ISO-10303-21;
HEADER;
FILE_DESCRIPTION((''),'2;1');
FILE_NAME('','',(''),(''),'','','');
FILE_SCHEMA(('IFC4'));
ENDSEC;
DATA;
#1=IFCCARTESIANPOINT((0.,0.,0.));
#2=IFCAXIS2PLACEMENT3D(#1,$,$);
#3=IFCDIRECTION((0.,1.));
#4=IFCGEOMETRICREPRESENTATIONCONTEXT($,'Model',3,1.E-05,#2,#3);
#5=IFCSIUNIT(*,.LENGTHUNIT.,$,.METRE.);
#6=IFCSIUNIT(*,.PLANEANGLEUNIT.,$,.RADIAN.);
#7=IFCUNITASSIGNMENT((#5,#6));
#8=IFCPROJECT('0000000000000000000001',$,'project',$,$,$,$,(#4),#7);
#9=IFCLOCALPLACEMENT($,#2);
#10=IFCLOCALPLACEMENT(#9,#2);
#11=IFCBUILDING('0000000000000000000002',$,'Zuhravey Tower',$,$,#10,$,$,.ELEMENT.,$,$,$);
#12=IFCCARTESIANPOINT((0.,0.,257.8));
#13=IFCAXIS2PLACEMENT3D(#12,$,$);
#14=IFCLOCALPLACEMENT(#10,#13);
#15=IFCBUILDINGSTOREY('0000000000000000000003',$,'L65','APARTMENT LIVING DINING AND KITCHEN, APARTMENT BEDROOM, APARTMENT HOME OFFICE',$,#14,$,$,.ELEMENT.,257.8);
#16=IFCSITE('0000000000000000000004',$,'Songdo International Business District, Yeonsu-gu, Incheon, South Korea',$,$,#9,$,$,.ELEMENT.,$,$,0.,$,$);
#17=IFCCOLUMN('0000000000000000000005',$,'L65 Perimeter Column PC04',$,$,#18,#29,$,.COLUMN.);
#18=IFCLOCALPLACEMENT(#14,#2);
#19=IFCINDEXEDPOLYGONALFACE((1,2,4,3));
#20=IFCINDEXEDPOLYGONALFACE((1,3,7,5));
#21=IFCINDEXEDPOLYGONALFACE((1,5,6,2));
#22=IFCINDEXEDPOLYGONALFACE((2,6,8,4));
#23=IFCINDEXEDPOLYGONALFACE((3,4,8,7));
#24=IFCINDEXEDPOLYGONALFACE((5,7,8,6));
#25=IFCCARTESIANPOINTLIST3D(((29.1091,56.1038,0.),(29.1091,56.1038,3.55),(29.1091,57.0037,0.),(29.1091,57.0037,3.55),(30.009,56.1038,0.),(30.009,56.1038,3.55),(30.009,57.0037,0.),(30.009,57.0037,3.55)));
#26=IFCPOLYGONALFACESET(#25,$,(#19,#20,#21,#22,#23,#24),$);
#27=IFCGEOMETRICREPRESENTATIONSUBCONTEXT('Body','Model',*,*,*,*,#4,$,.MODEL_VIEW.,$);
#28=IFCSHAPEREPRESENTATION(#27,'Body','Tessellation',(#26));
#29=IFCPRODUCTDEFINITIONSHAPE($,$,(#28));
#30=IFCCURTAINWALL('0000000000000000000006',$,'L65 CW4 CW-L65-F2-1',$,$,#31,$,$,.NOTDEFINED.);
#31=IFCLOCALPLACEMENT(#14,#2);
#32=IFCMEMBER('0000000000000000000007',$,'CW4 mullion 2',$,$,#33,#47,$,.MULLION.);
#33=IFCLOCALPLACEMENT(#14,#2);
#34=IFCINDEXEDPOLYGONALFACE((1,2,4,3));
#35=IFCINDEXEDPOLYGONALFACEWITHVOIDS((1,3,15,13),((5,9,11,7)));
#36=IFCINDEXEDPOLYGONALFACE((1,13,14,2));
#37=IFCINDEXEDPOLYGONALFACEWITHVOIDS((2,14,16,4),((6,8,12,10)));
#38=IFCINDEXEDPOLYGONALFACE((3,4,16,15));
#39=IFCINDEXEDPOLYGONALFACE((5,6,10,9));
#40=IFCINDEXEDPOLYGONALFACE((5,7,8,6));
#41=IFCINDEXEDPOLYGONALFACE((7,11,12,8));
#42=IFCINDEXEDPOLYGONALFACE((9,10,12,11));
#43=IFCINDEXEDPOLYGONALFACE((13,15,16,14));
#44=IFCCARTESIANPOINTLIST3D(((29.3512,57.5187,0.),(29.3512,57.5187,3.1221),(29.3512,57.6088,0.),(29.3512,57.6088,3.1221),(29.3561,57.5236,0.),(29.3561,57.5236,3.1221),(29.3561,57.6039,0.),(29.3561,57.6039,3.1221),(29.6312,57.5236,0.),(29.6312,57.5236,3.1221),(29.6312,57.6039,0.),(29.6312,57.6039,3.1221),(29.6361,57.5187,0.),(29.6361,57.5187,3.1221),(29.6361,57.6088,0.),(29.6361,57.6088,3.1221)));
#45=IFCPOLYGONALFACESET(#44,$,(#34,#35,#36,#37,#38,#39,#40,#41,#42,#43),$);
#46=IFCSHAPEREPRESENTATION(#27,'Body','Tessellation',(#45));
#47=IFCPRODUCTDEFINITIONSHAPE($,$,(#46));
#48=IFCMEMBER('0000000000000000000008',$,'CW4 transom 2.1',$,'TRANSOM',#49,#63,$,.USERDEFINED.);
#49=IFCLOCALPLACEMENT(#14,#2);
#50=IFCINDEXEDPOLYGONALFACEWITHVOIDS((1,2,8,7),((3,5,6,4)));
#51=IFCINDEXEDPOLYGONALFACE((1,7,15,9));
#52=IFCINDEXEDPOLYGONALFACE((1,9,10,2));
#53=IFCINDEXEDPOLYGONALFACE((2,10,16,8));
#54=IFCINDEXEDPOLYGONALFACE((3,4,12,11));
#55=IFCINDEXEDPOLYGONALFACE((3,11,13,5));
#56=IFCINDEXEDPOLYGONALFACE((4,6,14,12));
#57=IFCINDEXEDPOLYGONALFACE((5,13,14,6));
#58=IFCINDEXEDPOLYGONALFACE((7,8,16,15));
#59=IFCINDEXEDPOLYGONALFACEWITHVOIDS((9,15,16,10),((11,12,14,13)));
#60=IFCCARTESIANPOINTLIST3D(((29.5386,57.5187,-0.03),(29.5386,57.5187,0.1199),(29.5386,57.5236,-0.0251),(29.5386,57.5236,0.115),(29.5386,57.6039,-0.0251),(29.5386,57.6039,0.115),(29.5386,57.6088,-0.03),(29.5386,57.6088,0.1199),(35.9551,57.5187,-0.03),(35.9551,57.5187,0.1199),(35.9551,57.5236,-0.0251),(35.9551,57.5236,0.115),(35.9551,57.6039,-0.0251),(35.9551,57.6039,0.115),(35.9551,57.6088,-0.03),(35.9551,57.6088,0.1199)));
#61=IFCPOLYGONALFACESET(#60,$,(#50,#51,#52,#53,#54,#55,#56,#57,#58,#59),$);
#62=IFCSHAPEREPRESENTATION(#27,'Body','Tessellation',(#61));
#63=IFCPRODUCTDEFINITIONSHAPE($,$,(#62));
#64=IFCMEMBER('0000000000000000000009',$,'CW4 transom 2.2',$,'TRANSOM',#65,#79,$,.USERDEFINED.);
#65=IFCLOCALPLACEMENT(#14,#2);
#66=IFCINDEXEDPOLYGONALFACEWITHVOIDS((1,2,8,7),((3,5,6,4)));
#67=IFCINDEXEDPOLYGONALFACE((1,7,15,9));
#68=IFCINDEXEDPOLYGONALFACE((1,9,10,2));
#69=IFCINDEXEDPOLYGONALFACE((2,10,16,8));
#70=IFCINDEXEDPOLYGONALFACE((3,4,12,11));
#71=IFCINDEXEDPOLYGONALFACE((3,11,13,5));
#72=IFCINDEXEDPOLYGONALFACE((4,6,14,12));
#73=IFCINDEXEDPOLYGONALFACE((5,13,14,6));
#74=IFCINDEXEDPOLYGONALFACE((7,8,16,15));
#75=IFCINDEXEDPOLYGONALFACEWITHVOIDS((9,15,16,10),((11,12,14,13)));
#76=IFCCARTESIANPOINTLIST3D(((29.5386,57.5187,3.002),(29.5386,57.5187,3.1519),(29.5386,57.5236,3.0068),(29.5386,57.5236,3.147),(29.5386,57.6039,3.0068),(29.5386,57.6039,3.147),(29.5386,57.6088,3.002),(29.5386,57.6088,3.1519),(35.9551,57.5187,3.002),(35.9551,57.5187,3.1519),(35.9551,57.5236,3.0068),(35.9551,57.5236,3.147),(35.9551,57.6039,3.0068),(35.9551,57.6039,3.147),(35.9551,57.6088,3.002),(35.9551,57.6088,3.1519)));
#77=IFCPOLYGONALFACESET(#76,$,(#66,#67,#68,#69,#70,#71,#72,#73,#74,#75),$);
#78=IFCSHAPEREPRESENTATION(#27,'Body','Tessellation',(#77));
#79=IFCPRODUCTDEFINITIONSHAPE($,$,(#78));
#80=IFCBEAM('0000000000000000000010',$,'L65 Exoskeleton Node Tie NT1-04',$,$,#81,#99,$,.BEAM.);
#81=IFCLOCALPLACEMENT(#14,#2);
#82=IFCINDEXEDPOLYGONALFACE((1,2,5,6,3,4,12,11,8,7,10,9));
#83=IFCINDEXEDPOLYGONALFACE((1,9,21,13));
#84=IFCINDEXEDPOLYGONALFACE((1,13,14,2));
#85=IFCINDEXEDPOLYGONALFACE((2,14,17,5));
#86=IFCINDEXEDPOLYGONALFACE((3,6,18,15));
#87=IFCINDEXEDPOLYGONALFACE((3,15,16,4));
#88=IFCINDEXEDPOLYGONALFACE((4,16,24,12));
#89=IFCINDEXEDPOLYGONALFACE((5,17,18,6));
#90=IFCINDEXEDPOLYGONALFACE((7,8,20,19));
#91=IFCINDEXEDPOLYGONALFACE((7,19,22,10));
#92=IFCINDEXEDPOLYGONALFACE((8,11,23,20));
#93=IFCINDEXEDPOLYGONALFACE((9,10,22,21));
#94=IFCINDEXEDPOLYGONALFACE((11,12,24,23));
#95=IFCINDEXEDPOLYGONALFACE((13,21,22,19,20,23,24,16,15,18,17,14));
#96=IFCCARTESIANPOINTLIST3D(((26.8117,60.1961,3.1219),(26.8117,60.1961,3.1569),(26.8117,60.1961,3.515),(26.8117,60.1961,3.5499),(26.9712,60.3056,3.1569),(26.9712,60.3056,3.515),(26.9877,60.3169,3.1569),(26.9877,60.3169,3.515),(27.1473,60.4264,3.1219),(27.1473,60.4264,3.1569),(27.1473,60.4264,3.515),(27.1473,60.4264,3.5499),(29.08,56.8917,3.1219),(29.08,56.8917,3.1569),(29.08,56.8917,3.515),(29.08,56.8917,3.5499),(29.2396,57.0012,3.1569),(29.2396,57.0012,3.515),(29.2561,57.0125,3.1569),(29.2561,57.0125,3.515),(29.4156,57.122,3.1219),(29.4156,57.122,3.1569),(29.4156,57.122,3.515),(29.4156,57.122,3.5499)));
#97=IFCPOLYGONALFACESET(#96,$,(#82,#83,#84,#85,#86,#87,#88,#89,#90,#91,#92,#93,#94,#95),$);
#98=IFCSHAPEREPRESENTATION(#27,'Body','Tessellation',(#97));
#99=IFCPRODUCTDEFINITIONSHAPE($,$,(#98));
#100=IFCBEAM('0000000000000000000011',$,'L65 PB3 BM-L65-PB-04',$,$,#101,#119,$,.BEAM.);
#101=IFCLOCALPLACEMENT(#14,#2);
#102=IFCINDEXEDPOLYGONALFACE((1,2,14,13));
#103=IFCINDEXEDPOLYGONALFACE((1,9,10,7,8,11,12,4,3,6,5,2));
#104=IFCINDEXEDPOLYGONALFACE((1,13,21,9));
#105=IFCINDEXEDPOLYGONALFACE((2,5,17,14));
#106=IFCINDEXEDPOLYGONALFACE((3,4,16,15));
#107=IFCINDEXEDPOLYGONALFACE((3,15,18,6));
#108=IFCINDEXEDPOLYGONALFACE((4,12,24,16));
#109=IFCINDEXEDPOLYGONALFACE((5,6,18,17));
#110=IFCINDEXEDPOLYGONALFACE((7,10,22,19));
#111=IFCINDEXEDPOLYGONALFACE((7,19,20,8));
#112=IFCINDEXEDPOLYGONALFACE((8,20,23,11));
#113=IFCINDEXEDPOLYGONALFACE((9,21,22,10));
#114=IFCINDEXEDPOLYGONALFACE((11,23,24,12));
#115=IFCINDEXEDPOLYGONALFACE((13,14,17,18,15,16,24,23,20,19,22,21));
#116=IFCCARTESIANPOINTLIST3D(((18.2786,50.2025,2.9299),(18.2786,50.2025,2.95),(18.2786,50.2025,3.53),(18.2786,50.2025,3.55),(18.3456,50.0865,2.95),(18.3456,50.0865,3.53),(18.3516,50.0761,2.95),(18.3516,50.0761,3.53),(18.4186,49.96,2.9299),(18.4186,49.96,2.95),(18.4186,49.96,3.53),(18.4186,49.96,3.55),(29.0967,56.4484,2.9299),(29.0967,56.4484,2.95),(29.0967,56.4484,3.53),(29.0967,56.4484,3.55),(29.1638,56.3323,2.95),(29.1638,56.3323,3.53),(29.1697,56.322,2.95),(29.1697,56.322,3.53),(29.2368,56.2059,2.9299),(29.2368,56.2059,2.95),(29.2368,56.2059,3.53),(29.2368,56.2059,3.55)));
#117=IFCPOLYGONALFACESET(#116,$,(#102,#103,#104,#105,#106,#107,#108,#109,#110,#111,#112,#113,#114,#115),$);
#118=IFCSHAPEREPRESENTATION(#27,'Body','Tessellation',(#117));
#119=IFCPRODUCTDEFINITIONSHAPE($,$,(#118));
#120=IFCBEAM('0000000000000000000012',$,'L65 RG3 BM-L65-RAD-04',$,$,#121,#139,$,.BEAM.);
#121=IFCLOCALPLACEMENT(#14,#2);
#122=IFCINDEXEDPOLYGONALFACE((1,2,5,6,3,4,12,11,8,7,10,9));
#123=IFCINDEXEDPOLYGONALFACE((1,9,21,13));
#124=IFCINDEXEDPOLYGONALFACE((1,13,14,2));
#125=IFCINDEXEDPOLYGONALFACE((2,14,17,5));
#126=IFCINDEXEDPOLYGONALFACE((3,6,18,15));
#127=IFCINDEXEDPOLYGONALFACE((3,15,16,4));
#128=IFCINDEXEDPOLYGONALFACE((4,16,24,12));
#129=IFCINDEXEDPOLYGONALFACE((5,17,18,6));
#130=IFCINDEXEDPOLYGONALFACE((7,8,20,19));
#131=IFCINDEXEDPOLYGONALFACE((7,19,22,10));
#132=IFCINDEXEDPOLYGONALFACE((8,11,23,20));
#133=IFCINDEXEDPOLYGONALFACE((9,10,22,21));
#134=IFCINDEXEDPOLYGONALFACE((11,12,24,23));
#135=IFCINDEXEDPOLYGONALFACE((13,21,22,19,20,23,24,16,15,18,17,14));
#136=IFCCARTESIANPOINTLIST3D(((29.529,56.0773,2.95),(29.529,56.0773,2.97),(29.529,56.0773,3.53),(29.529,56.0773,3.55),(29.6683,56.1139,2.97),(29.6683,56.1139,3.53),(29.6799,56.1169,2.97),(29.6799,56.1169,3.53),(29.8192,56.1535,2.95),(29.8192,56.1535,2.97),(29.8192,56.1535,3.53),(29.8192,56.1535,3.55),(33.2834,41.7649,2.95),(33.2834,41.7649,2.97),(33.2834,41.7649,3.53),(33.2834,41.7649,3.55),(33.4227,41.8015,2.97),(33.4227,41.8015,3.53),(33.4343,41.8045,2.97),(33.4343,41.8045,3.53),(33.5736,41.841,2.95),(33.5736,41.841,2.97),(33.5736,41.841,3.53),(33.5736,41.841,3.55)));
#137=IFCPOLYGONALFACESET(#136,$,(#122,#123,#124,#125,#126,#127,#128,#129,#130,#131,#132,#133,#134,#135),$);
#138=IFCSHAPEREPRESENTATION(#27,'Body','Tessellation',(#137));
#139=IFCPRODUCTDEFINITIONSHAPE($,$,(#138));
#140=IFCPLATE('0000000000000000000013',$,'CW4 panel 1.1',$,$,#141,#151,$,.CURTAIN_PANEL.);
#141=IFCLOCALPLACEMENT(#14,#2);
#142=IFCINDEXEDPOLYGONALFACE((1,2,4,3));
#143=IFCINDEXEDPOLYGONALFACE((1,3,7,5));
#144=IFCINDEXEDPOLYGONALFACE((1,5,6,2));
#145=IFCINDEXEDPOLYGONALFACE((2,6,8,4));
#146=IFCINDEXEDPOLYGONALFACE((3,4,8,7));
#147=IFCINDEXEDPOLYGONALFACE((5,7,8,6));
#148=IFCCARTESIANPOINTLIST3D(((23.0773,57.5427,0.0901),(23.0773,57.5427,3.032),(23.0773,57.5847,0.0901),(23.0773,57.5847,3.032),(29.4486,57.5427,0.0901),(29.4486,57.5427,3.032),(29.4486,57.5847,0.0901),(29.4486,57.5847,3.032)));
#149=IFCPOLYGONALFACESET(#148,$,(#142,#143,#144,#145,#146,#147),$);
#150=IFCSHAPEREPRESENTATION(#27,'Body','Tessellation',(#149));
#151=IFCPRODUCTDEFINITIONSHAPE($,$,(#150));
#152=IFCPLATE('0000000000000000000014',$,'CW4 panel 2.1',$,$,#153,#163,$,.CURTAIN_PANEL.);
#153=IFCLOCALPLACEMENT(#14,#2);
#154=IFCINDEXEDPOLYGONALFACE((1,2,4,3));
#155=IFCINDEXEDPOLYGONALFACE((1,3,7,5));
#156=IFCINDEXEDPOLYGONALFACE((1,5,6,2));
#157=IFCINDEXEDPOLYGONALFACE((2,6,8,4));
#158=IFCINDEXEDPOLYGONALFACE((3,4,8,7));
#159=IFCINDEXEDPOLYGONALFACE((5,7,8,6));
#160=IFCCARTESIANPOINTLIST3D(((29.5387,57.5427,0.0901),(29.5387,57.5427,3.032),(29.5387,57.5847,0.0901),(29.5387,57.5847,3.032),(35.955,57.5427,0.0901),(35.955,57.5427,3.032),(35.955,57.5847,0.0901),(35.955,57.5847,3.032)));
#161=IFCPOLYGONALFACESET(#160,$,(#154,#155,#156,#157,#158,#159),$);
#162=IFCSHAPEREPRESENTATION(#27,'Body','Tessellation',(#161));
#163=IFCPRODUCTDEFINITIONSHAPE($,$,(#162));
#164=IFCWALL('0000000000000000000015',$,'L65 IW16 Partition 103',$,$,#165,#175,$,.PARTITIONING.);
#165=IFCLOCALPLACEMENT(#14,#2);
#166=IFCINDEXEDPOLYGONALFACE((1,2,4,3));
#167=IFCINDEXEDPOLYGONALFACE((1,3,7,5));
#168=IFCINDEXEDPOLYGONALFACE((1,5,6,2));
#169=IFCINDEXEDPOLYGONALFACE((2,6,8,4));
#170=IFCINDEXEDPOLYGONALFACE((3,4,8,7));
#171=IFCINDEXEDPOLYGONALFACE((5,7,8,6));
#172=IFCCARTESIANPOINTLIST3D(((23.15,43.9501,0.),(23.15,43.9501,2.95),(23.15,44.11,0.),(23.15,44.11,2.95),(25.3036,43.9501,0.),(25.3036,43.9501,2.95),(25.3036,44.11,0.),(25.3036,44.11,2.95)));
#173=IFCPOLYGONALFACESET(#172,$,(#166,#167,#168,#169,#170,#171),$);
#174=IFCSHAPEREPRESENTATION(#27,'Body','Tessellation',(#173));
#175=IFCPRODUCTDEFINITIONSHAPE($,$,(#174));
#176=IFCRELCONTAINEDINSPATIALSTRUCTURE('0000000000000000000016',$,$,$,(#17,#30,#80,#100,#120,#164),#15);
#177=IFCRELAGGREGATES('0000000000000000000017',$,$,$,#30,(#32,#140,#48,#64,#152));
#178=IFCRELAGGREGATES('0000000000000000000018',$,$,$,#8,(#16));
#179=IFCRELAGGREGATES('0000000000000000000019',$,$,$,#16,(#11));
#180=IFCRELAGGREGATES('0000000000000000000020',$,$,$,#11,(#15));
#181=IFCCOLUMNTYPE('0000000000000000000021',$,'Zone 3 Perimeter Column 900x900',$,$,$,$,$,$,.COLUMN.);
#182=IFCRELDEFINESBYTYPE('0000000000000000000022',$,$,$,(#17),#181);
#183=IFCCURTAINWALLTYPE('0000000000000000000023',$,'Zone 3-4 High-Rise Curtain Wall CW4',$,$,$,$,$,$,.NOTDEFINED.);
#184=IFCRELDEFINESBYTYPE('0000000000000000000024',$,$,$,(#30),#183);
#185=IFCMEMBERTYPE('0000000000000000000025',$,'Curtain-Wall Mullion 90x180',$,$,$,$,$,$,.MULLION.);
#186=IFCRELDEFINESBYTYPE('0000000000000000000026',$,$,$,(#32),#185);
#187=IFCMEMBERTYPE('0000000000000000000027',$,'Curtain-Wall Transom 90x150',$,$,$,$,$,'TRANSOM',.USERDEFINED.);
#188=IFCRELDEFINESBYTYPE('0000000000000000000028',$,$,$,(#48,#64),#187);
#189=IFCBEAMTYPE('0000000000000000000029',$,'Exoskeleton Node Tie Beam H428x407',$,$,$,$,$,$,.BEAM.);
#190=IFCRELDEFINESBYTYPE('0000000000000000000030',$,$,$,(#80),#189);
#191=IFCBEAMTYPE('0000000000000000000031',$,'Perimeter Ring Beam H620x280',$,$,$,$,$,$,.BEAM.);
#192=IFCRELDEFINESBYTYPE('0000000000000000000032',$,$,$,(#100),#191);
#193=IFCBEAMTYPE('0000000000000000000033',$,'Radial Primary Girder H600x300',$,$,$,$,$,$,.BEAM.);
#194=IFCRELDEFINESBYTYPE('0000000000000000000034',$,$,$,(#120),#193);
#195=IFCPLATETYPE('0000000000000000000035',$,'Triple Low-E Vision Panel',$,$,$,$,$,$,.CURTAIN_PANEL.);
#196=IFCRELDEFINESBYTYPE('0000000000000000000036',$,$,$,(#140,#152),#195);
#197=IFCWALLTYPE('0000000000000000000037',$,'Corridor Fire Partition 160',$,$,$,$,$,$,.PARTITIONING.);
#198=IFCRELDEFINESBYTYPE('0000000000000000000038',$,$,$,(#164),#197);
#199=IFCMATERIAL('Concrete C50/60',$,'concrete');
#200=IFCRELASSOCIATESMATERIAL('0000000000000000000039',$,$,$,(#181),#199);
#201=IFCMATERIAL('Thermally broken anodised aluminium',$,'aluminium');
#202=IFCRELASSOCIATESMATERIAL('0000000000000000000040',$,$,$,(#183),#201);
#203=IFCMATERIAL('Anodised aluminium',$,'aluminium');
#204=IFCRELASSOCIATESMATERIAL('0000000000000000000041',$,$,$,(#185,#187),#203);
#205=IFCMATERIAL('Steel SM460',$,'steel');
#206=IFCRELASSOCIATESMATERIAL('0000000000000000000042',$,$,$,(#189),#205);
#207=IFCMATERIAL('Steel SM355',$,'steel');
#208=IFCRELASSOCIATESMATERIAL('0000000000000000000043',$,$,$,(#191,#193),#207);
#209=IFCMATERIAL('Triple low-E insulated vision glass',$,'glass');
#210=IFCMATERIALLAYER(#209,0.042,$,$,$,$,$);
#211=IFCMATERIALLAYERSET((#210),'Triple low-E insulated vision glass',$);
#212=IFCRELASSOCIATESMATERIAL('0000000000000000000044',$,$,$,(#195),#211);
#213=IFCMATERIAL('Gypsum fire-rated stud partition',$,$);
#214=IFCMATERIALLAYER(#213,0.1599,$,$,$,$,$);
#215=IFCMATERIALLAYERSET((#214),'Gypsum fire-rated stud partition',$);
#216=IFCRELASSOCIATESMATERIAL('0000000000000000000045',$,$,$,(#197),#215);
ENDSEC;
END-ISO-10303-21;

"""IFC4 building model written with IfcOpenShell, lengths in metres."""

from ifc_helpers import new_model, si_unit, direction, frame, frame_2d, origin, origin_2d, place, context, subcontext, project, spatial, rectangle, hollow_rectangle, i_section, extrude, material, layer, layer_set, material_profile, profile_set, type_object, element, aggregate, save


model = new_model("IFC4")

# Units and contexts
model_context = context("Model", 3, precision=1e-05, world=origin(), true_north=direction((0.0, 1.0)))
body_context = subcontext(model_context, "Body", "Model", "MODEL_VIEW")
ifc_project = project(units=[si_unit("LENGTHUNIT", "METRE"), si_unit("PLANEANGLEUNIT", "RADIAN")], contexts=[model_context])

# Site, building, storey
site_placement = place(None, origin())
site = spatial("IfcSite", under=ifc_project, at=site_placement, Name="Songdo International Business District, Yeonsu-gu, Incheon, South Korea", CompositionType="ELEMENT", RefElevation=0.0)
building_placement = place(site_placement, origin())
building = spatial("IfcBuilding", under=site, at=building_placement, Name="Zuhravey Tower", CompositionType="ELEMENT")
storey_placement = place(building_placement, frame((0.0, 0.0, 257.8)))
storey = spatial("IfcBuildingStorey", under=building, at=storey_placement, Name="L65", Description="APARTMENT LIVING DINING AND KITCHEN, APARTMENT BEDROOM, APARTMENT HOME OFFICE", CompositionType="ELEMENT", Elevation=257.8)

# Column
ifc_material_1 = material(Name="Concrete C50/60", Category="concrete")
ifc_material_profile_1 = material_profile(ifc_material_1, rectangle(XDim=0.8999, YDim=0.8999, at=origin_2d()), Name="RC-900x900")
ifc_profile_set_1 = profile_set([ifc_material_profile_1], Name="Concrete C50/60")
column_type = type_object("IfcColumnType", Name="Zone 3 Perimeter Column 900x900", PredefinedType="COLUMN", material=ifc_profile_set_1)
column_placement = place(storey_placement, frame((29.5591, 56.5537, 0.0), z_axis=(0.0, 0.0, 1.0), x_axis=(-1.0, 0.0, 0.0)))
element("IfcColumn", 1, at=column_placement, inside=storey, type_object=column_type, Name="L65 Perimeter Column PC04", PredefinedType="COLUMN", context=body_context, shape_type="SweptSolid", body=[
    extrude(rectangle(XDim=0.8999, YDim=0.8999, at=origin_2d()), origin(), (0.0, 0.0, 1.0), 3.55),
])

# Curtain wall, members
ifc_material_2 = material(Name="Thermally broken anodised aluminium", Category="aluminium")
curtain_wall_type = type_object("IfcCurtainWallType", Name="Zone 3-4 High-Rise Curtain Wall CW4", PredefinedType="NOTDEFINED", material=ifc_material_2)
curtain_wall_placement = place(storey_placement, origin())
curtain_wall = element("IfcCurtainWall", 2, at=curtain_wall_placement, inside=storey, type_object=curtain_wall_type, Name="L65 CW4 CW-L65-F2-1", PredefinedType="NOTDEFINED")
ifc_material_3 = material(Name="Anodised aluminium", Category="aluminium")
ifc_material_profile_2 = material_profile(ifc_material_3, hollow_rectangle(XDim=0.0901, YDim=0.2849, WallThickness=0.0049, at=origin_2d()), Name="ALU-RHS-90x285x5")
ifc_profile_set_2 = profile_set([ifc_material_profile_2], Name="Anodised aluminium")
member_type_1 = type_object("IfcMemberType", Name="Curtain-Wall Mullion 90x180", PredefinedType="MULLION", material=ifc_profile_set_2)
member_1_placement = place(storey_placement, frame((29.4937, 57.5637, 0.0), z_axis=(0.0, 0.0, 1.0), x_axis=(0.0, 1.0, 0.0)))
member_1 = element("IfcMember", 3, at=member_1_placement, type_object=member_type_1, Name="CW4 mullion 2", PredefinedType="MULLION", context=body_context, shape_type="SweptSolid", body=[
    extrude(hollow_rectangle(XDim=0.0901, YDim=0.2849, WallThickness=0.0049, at=origin_2d()), origin(), (0.0, 0.0, 1.0), 3.1221),
])
ifc_material_profile_3 = material_profile(ifc_material_3, hollow_rectangle(XDim=0.0901, YDim=0.1499, WallThickness=0.0049, at=origin_2d()), Name="ALU-RHS-90x150x5")
ifc_profile_set_3 = profile_set([ifc_material_profile_3], Name="Anodised aluminium")
member_type_2 = type_object("IfcMemberType", Name="Curtain-Wall Transom 90x150", ElementType="TRANSOM", PredefinedType="USERDEFINED", material=ifc_profile_set_3)
member_2_placement = place(storey_placement, frame((29.5386, 57.5637, 0.0449), z_axis=(1.0, 0.0, 0.0), x_axis=(0.0, 1.0, 0.0)))
member_2 = element("IfcMember", 4, at=member_2_placement, type_object=member_type_2, Name="CW4 transom 2.1", ObjectType="TRANSOM", PredefinedType="USERDEFINED", context=body_context, shape_type="SweptSolid", body=[
    extrude(hollow_rectangle(XDim=0.0901, YDim=0.1499, WallThickness=0.0049, at=origin_2d()), origin(), (0.0, 0.0, 1.0), 6.4165),
])
member_3_placement = place(storey_placement, frame((29.5386, 57.5637, 3.0769), z_axis=(1.0, 0.0, 0.0), x_axis=(0.0, 1.0, 0.0)))
member_3 = element("IfcMember", 5, at=member_3_placement, type_object=member_type_2, Name="CW4 transom 2.2", ObjectType="TRANSOM", PredefinedType="USERDEFINED", context=body_context, shape_type="SweptSolid", body=[
    extrude(hollow_rectangle(XDim=0.0901, YDim=0.1499, WallThickness=0.0049, at=origin_2d()), origin(), (0.0, 0.0, 1.0), 6.4165),
])

# Beams
ifc_material_4 = material(Name="Steel SM460", Category="steel")
ifc_material_profile_4 = material_profile(ifc_material_4, i_section(OverallWidth=0.407, OverallDepth=0.428, WebThickness=0.02, FlangeThickness=0.0349, at=origin_2d()), Name="H-428x407x20x35")
ifc_profile_set_4 = profile_set([ifc_material_profile_4], Name="Steel SM460")
beam_type_1 = type_object("IfcBeamType", Name="Exoskeleton Node Tie Beam H428x407", PredefinedType="BEAM", material=ifc_profile_set_4)
beam_1_placement = place(storey_placement, frame((29.2478, 57.0068, 3.3359), z_axis=(-0.565937, 0.824449, 0.0), x_axis=(-0.824449, -0.565937, 0.0)))
element("IfcBeam", 6, at=beam_1_placement, inside=storey, type_object=beam_type_1, Name="L65 Exoskeleton Node Tie NT1-04", PredefinedType="BEAM", context=body_context, shape_type="SweptSolid", body=[
    extrude(i_section(OverallWidth=0.407, OverallDepth=0.428, WebThickness=0.02, FlangeThickness=0.0349, at=origin_2d()), origin(), (0.0, 0.0, 1.0), 4.0081),
])
ifc_material_5 = material(Name="Steel SM355", Category="steel")
ifc_material_profile_5 = material_profile(ifc_material_5, i_section(OverallWidth=0.28, OverallDepth=0.6201, WebThickness=0.012, FlangeThickness=0.02, at=origin_2d()), Name="H-620x280x12x20")
ifc_profile_set_5 = profile_set([ifc_material_profile_5], Name="Steel SM355")
beam_type_2 = type_object("IfcBeamType", Name="Perimeter Ring Beam H620x280", PredefinedType="BEAM", material=ifc_profile_set_5)
beam_2_placement = place(storey_placement, frame((29.1667, 56.3271, 3.24), z_axis=(-0.866025, -0.5, 0.0), x_axis=(0.5, -0.866025, 0.0)))
element("IfcBeam", 7, at=beam_2_placement, inside=storey, type_object=beam_type_2, Name="L65 PB3 BM-L65-PB-04", PredefinedType="BEAM", context=body_context, shape_type="SweptSolid", body=[
    extrude(i_section(OverallWidth=0.28, OverallDepth=0.6201, WebThickness=0.012, FlangeThickness=0.02, at=origin_2d()), origin(), (0.0, 0.0, 1.0), 12.4917),
])
ifc_material_profile_6 = material_profile(ifc_material_5, i_section(OverallWidth=0.3, OverallDepth=0.6001, WebThickness=0.012, FlangeThickness=0.02, at=origin_2d()), Name="H-600x300x12x20")
ifc_profile_set_6 = profile_set([ifc_material_profile_6], Name="Steel SM355")
beam_type_3 = type_object("IfcBeamType", Name="Radial Primary Girder H600x300", PredefinedType="BEAM", material=ifc_profile_set_6)
beam_3_placement = place(storey_placement, frame((33.4285, 41.803, 3.25), z_axis=(-0.253731, 0.967275, 0.0), x_axis=(-0.967275, -0.253731, 0.0)))
element("IfcBeam", 8, at=beam_3_placement, inside=storey, type_object=beam_type_3, Name="L65 RG3 BM-L65-RAD-04", PredefinedType="BEAM", context=body_context, shape_type="SweptSolid", body=[
    extrude(i_section(OverallWidth=0.3, OverallDepth=0.6001, WebThickness=0.012, FlangeThickness=0.02, at=origin_2d()), origin(), (0.0, 0.0, 1.0), 14.7966),
])

# Plates
ifc_material_6 = material(Name="Triple low-E insulated vision glass", Category="glass")
ifc_layer_1 = layer(ifc_material_6, 0.042)
ifc_layer_set_1 = layer_set([ifc_layer_1], Name="Triple low-E insulated vision glass")
plate_type = type_object("IfcPlateType", Name="Triple Low-E Vision Panel", PredefinedType="CURTAIN_PANEL", material=ifc_layer_set_1)
plate_1_placement = place(storey_placement, frame((26.2629, 57.5637, 0.0901), z_axis=(0.0, 0.0, 1.0), x_axis=(1.0, 0.0, 0.0)))
plate_1 = element("IfcPlate", 9, at=plate_1_placement, type_object=plate_type, Name="CW4 panel 1.1", PredefinedType="CURTAIN_PANEL", context=body_context, shape_type="SweptSolid", body=[
    extrude(rectangle(XDim=6.3713, YDim=0.042, at=origin_2d()), origin(), (0.0, 0.0, 1.0), 2.9419),
])
plate_2_placement = place(storey_placement, frame((32.7468, 57.5637, 0.0901), z_axis=(0.0, 0.0, 1.0), x_axis=(1.0, 0.0, 0.0)))
plate_2 = element("IfcPlate", 10, at=plate_2_placement, type_object=plate_type, Name="CW4 panel 2.1", PredefinedType="CURTAIN_PANEL", context=body_context, shape_type="SweptSolid", body=[
    extrude(rectangle(XDim=6.4163, YDim=0.042, at=origin_2d()), origin(), (0.0, 0.0, 1.0), 2.9419),
])
aggregate(curtain_wall, [member_1, plate_1, member_2, member_3, plate_2])

# Wall
ifc_material_7 = material(Name="Gypsum fire-rated stud partition")
ifc_layer_2 = layer(ifc_material_7, 0.1599)
ifc_layer_set_2 = layer_set([ifc_layer_2], Name="Gypsum fire-rated stud partition")
wall_type_1 = type_object("IfcWallType", Name="Corridor Fire Partition 160", PredefinedType="PARTITIONING", material=ifc_layer_set_2)
wall_1_placement = place(storey_placement, frame((25.3035, 44.03, 0.0), z_axis=(0.0, 0.0, 1.0), x_axis=(-1.0, 0.0, 0.0)))
element("IfcWall", 11, at=wall_1_placement, inside=storey, type_object=wall_type_1, Name="L65 IW16 Partition 103", PredefinedType="PARTITIONING", context=body_context, shape_type="SweptSolid", body=[
    extrude(rectangle(XDim=2.1536, YDim=0.1599, at=frame_2d((1.0767, 0.0))), origin(), (0.0, 0.0, 1.0), 2.95),
])

save(model, "model.ifc")
